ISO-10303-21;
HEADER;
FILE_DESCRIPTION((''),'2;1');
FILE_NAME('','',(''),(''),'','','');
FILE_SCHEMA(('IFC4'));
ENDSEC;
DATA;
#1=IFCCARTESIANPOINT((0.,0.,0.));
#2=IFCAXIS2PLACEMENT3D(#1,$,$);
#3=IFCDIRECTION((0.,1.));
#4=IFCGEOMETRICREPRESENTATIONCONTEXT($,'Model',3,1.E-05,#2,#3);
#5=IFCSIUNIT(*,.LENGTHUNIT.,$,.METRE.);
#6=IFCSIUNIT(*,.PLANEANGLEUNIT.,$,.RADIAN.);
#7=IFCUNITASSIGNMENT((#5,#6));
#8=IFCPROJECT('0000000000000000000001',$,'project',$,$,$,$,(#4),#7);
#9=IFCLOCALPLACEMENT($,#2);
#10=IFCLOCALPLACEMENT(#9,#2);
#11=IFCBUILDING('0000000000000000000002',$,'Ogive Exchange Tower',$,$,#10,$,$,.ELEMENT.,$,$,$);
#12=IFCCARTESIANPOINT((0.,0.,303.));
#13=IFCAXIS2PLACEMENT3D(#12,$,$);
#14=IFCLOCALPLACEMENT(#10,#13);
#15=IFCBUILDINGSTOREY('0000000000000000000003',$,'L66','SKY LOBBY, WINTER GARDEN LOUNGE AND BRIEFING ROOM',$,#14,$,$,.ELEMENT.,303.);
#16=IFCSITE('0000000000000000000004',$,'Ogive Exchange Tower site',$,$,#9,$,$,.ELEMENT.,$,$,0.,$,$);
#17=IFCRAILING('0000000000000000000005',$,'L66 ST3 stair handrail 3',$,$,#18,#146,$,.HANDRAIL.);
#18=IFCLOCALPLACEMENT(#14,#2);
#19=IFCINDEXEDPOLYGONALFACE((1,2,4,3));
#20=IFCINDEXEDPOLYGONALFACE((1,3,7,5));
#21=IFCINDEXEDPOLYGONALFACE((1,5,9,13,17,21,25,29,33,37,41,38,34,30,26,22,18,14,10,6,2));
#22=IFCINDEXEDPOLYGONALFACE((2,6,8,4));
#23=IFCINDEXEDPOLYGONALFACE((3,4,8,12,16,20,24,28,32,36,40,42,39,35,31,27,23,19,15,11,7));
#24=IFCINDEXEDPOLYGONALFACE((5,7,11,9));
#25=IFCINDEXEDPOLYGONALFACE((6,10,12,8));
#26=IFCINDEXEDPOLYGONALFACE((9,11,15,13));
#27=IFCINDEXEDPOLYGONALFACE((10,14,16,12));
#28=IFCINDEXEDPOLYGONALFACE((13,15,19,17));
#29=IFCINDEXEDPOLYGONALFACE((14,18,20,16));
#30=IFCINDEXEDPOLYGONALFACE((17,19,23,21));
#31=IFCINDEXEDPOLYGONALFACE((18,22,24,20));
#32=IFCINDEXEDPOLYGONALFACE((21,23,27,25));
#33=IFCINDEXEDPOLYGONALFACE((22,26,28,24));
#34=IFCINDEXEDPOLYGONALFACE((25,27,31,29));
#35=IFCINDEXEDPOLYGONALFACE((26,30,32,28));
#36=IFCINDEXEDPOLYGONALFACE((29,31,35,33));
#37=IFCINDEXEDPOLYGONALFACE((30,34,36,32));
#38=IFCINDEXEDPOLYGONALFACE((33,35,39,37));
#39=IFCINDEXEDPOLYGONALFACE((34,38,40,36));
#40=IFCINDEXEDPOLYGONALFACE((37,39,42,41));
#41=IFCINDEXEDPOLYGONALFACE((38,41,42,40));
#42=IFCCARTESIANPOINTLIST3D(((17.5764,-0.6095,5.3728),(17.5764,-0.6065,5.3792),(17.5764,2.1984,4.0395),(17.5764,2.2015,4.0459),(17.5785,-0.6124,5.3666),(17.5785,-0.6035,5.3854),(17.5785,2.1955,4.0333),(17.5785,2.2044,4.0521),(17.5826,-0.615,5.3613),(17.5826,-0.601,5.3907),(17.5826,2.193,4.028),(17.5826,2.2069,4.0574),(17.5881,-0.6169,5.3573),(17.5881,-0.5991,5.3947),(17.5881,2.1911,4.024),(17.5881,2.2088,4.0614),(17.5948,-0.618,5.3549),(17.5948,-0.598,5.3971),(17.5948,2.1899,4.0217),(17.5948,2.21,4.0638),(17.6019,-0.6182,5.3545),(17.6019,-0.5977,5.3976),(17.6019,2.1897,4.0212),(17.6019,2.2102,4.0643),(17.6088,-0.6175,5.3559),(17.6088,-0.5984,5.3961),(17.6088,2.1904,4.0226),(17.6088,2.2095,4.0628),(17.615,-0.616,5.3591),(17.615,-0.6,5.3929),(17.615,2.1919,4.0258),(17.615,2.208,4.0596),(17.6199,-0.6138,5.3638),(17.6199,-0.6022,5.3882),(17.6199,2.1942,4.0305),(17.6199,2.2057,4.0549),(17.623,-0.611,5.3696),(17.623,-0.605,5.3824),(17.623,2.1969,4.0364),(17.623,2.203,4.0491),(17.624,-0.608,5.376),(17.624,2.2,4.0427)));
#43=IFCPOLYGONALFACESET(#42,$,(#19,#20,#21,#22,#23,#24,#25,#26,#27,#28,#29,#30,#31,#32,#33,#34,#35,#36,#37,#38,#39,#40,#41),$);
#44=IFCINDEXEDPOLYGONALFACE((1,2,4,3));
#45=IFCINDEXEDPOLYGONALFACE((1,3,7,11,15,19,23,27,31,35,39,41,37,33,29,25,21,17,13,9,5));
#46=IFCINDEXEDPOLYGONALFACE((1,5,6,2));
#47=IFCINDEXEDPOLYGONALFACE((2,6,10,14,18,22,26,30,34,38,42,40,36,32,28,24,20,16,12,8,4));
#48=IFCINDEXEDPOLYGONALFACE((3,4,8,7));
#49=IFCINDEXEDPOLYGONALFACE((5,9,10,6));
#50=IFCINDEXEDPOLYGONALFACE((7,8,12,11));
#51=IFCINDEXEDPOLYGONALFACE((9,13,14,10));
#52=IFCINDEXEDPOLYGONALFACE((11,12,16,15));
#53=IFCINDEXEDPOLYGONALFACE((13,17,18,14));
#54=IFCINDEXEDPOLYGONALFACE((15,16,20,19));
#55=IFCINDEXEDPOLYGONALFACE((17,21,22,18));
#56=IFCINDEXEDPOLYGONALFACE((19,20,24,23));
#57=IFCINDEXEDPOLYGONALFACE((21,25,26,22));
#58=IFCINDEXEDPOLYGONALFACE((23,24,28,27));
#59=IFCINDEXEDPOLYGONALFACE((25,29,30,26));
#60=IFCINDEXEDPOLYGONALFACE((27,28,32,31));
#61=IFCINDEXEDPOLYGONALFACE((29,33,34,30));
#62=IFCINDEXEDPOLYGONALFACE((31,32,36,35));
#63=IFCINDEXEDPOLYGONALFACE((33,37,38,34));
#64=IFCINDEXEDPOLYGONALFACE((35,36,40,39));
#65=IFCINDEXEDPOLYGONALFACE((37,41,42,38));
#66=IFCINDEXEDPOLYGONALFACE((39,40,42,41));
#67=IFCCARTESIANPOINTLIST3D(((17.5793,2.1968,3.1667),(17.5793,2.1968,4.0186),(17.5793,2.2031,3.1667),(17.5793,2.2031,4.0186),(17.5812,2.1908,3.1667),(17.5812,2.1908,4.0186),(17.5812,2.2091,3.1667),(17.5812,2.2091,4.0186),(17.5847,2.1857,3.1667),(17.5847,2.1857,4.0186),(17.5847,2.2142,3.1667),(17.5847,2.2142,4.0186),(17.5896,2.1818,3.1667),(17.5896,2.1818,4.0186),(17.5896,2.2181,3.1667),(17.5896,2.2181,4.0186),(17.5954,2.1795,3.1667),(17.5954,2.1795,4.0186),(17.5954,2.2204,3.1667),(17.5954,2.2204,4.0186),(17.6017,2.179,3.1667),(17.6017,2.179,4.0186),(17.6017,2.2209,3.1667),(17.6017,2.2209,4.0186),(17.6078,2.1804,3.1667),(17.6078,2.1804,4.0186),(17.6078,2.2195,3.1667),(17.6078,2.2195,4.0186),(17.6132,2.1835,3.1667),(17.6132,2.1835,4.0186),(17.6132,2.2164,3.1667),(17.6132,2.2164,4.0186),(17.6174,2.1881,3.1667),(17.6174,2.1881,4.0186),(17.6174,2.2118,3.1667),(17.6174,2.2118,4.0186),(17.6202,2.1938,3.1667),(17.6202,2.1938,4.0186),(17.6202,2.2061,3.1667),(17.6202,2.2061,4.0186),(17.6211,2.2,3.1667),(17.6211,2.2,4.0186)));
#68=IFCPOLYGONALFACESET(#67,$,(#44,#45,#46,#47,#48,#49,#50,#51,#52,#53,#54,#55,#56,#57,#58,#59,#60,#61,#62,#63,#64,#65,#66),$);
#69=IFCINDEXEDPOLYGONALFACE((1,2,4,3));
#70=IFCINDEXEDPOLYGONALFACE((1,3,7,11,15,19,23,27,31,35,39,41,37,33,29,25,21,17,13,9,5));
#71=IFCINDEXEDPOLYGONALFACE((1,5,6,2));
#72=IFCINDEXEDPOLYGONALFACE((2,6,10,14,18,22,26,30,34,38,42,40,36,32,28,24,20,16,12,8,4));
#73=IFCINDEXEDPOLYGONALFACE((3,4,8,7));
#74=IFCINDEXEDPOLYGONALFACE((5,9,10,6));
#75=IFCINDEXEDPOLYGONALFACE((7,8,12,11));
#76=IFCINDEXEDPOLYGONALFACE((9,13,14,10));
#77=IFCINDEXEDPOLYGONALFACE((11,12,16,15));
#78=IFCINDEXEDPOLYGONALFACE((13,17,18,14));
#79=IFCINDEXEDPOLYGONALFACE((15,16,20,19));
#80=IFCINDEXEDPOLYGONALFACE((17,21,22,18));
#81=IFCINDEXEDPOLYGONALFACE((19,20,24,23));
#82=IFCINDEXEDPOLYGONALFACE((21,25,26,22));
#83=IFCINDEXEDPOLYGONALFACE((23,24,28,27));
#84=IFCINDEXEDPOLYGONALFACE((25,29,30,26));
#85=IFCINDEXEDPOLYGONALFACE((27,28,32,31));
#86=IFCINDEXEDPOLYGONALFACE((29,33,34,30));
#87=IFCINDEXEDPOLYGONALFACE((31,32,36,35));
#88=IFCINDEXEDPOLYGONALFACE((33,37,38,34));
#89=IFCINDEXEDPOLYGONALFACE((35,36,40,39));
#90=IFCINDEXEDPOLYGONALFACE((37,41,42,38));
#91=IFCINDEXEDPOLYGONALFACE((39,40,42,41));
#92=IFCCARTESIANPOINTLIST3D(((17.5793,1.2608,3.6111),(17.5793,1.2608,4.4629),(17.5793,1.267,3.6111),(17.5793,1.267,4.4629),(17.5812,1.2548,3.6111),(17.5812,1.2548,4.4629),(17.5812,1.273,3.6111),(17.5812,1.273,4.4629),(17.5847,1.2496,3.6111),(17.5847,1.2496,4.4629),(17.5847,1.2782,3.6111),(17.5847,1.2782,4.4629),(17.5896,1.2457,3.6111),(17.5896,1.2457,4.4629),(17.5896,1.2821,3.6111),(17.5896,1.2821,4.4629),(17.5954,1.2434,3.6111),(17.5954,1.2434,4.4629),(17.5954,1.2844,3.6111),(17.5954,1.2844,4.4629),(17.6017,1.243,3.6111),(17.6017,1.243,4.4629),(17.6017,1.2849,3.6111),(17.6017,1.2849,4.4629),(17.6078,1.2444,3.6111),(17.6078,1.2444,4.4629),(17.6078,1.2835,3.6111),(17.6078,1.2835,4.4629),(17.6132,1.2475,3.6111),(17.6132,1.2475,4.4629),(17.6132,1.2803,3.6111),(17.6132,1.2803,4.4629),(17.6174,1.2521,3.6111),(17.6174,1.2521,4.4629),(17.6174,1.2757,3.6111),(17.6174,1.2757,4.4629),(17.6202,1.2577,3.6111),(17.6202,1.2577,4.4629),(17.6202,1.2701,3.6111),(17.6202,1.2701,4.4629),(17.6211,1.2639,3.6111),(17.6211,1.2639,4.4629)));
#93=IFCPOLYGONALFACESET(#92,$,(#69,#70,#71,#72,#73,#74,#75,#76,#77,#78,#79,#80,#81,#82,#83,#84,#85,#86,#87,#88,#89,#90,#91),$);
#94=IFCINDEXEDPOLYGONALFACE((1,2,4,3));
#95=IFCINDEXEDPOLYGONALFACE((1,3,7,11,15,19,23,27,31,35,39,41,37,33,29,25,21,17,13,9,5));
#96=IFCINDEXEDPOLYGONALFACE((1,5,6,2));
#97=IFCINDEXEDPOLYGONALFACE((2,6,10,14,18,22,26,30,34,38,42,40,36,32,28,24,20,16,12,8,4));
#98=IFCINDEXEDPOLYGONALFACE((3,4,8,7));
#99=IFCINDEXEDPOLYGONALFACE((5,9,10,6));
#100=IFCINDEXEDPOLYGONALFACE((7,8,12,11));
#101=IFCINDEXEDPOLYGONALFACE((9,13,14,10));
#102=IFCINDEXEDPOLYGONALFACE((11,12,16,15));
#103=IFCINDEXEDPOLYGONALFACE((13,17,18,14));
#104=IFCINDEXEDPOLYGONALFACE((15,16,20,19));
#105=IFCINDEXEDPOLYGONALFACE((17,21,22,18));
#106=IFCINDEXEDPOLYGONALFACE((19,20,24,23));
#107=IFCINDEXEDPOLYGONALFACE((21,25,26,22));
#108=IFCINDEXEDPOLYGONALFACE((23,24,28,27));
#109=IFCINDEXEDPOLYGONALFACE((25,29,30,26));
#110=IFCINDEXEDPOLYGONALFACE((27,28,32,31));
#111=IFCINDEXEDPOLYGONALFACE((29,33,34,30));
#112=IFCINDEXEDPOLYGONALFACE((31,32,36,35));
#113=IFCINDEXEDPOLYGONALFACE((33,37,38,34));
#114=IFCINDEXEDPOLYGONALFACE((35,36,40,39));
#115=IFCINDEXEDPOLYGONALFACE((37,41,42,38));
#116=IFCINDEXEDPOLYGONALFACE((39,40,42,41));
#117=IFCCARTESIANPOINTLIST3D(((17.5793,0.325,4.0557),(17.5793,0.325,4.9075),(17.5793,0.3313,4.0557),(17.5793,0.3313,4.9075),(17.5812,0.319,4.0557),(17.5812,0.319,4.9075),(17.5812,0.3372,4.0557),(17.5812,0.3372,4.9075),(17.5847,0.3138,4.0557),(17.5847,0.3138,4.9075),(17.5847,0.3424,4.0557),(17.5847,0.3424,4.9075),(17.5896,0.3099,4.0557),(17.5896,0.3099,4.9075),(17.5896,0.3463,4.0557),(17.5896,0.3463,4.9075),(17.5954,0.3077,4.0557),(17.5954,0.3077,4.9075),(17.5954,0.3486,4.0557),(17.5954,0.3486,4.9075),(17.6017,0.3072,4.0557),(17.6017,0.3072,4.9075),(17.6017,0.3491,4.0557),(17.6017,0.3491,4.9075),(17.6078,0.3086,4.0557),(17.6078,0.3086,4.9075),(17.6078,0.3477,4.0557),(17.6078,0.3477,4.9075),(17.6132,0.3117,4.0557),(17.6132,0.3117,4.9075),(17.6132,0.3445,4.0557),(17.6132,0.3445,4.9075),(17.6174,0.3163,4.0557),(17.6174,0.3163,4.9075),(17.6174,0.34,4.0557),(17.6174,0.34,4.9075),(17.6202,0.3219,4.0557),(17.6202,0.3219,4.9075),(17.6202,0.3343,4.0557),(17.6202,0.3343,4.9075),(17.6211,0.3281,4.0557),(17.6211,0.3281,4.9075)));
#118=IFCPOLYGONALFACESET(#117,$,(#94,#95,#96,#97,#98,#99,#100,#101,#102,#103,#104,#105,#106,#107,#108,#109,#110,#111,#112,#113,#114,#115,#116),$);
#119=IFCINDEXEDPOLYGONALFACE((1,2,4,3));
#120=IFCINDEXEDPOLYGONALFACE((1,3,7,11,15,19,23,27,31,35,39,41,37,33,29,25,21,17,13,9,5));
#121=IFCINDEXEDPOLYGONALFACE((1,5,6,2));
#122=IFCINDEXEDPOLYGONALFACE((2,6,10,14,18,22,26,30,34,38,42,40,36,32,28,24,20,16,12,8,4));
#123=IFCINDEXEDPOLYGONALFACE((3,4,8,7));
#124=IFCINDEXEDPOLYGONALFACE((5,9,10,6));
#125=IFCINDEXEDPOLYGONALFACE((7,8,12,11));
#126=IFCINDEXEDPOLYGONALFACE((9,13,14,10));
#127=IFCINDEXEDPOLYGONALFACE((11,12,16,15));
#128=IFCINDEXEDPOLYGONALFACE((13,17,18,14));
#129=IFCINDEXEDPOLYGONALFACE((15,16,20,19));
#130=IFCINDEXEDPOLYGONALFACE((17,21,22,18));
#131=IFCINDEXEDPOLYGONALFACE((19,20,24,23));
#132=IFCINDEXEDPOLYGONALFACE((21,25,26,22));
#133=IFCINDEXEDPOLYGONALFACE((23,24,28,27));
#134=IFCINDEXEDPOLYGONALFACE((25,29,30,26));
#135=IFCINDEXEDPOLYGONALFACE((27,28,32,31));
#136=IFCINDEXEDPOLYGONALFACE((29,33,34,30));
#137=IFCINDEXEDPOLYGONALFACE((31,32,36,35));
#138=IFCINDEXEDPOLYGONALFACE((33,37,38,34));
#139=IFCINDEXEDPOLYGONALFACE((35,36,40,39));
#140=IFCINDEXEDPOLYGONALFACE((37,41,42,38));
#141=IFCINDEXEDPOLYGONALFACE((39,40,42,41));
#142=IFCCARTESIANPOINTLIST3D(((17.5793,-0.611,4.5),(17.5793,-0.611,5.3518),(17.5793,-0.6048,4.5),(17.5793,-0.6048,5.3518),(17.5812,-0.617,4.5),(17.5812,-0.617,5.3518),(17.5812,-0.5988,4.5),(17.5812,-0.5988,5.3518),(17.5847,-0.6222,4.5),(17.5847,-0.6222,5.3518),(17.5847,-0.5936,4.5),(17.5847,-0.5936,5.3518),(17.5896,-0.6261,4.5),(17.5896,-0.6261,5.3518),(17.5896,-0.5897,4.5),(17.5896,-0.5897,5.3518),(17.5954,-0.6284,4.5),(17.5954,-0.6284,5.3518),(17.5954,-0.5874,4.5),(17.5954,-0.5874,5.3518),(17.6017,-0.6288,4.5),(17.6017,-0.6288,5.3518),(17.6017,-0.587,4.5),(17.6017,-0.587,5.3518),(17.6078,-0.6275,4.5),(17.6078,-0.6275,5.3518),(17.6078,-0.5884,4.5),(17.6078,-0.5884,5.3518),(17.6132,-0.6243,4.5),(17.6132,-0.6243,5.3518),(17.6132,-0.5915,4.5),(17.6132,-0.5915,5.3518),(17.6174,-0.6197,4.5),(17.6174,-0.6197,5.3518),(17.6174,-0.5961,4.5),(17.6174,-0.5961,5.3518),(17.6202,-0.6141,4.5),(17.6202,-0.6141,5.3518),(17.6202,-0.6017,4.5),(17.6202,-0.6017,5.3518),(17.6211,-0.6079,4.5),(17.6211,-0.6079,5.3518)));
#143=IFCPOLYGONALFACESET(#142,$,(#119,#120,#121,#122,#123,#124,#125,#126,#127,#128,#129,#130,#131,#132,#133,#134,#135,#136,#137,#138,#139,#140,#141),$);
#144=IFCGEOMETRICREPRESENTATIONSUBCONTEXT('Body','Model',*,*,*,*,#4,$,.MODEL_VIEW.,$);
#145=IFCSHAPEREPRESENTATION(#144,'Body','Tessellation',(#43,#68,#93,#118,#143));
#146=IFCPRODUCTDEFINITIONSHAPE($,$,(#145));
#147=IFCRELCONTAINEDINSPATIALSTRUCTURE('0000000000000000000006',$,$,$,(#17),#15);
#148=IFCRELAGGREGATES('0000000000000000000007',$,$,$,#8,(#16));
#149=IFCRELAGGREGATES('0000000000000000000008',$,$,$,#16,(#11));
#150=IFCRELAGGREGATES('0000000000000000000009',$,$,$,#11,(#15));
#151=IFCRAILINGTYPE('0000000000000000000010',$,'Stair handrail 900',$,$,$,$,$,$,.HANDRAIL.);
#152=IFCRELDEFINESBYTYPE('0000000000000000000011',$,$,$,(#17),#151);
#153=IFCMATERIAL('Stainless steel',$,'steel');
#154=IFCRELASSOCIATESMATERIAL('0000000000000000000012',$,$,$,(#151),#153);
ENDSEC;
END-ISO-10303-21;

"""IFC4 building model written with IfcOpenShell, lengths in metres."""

from ifc_helpers import new_model, si_unit, direction, frame, origin, origin_2d, place, context, subcontext, project, spatial, circle, extrude, material, type_object, element, save


model = new_model("IFC4")

# Units and contexts
model_context = context("Model", 3, precision=1e-05, world=origin(), true_north=direction((0.0, 1.0)))
body_context = subcontext(model_context, "Body", "Model", "MODEL_VIEW")
ifc_project = project(units=[si_unit("LENGTHUNIT", "METRE"), si_unit("PLANEANGLEUNIT", "RADIAN")], contexts=[model_context])

# Site, building, storey
site_placement = place(None, origin())
site = spatial("IfcSite", under=ifc_project, at=site_placement, Name="Ogive Exchange Tower site", CompositionType="ELEMENT", RefElevation=0.0)
building_placement = place(site_placement, origin())
building = spatial("IfcBuilding", under=site, at=building_placement, Name="Ogive Exchange Tower", CompositionType="ELEMENT")
storey_placement = place(building_placement, frame((0.0, 0.0, 303.0)))
storey = spatial("IfcBuildingStorey", under=building, at=storey_placement, Name="L66", Description="SKY LOBBY, WINTER GARDEN LOUNGE AND BRIEFING ROOM", CompositionType="ELEMENT", Elevation=303.0)

# Railing
ifc_material_1 = material(Name="Stainless steel", Category="steel")
railing_type = type_object("IfcRailingType", Name="Stair handrail 900", PredefinedType="HANDRAIL", material=ifc_material_1)
railing_1_placement = place(storey_placement, frame((17.6001, 2.2, 3.1667)))
element("IfcRailing", 1, at=railing_1_placement, inside=storey, type_object=railing_type, Name="L66 ST3 stair handrail 3", PredefinedType="HANDRAIL", context=body_context, shape_type="SweptSolid", body=[
    extrude(circle(Radius=0.0239, at=origin_2d()), frame((0.0, 0.0, 0.876), z_axis=(0.0, -0.903338, 0.42893), x_axis=(1.0, 0.0, 0.0)), (0.0, 0.0, 1.0), 3.1084),
    extrude(circle(Radius=0.021, at=origin_2d()), origin(), (0.0, 0.0, 1.0), 0.8518),
    extrude(circle(Radius=0.021, at=origin_2d()), frame((0.0, -0.936, 0.4443)), (0.0, 0.0, 1.0), 0.8518),
    extrude(circle(Radius=0.021, at=origin_2d()), frame((0.0, -1.8718, 0.8889)), (0.0, 0.0, 1.0), 0.8518),
    extrude(circle(Radius=0.021, at=origin_2d()), frame((0.0, -2.8079, 1.3333)), (0.0, 0.0, 1.0), 0.8518),
])

save(model, "model.ifc")
